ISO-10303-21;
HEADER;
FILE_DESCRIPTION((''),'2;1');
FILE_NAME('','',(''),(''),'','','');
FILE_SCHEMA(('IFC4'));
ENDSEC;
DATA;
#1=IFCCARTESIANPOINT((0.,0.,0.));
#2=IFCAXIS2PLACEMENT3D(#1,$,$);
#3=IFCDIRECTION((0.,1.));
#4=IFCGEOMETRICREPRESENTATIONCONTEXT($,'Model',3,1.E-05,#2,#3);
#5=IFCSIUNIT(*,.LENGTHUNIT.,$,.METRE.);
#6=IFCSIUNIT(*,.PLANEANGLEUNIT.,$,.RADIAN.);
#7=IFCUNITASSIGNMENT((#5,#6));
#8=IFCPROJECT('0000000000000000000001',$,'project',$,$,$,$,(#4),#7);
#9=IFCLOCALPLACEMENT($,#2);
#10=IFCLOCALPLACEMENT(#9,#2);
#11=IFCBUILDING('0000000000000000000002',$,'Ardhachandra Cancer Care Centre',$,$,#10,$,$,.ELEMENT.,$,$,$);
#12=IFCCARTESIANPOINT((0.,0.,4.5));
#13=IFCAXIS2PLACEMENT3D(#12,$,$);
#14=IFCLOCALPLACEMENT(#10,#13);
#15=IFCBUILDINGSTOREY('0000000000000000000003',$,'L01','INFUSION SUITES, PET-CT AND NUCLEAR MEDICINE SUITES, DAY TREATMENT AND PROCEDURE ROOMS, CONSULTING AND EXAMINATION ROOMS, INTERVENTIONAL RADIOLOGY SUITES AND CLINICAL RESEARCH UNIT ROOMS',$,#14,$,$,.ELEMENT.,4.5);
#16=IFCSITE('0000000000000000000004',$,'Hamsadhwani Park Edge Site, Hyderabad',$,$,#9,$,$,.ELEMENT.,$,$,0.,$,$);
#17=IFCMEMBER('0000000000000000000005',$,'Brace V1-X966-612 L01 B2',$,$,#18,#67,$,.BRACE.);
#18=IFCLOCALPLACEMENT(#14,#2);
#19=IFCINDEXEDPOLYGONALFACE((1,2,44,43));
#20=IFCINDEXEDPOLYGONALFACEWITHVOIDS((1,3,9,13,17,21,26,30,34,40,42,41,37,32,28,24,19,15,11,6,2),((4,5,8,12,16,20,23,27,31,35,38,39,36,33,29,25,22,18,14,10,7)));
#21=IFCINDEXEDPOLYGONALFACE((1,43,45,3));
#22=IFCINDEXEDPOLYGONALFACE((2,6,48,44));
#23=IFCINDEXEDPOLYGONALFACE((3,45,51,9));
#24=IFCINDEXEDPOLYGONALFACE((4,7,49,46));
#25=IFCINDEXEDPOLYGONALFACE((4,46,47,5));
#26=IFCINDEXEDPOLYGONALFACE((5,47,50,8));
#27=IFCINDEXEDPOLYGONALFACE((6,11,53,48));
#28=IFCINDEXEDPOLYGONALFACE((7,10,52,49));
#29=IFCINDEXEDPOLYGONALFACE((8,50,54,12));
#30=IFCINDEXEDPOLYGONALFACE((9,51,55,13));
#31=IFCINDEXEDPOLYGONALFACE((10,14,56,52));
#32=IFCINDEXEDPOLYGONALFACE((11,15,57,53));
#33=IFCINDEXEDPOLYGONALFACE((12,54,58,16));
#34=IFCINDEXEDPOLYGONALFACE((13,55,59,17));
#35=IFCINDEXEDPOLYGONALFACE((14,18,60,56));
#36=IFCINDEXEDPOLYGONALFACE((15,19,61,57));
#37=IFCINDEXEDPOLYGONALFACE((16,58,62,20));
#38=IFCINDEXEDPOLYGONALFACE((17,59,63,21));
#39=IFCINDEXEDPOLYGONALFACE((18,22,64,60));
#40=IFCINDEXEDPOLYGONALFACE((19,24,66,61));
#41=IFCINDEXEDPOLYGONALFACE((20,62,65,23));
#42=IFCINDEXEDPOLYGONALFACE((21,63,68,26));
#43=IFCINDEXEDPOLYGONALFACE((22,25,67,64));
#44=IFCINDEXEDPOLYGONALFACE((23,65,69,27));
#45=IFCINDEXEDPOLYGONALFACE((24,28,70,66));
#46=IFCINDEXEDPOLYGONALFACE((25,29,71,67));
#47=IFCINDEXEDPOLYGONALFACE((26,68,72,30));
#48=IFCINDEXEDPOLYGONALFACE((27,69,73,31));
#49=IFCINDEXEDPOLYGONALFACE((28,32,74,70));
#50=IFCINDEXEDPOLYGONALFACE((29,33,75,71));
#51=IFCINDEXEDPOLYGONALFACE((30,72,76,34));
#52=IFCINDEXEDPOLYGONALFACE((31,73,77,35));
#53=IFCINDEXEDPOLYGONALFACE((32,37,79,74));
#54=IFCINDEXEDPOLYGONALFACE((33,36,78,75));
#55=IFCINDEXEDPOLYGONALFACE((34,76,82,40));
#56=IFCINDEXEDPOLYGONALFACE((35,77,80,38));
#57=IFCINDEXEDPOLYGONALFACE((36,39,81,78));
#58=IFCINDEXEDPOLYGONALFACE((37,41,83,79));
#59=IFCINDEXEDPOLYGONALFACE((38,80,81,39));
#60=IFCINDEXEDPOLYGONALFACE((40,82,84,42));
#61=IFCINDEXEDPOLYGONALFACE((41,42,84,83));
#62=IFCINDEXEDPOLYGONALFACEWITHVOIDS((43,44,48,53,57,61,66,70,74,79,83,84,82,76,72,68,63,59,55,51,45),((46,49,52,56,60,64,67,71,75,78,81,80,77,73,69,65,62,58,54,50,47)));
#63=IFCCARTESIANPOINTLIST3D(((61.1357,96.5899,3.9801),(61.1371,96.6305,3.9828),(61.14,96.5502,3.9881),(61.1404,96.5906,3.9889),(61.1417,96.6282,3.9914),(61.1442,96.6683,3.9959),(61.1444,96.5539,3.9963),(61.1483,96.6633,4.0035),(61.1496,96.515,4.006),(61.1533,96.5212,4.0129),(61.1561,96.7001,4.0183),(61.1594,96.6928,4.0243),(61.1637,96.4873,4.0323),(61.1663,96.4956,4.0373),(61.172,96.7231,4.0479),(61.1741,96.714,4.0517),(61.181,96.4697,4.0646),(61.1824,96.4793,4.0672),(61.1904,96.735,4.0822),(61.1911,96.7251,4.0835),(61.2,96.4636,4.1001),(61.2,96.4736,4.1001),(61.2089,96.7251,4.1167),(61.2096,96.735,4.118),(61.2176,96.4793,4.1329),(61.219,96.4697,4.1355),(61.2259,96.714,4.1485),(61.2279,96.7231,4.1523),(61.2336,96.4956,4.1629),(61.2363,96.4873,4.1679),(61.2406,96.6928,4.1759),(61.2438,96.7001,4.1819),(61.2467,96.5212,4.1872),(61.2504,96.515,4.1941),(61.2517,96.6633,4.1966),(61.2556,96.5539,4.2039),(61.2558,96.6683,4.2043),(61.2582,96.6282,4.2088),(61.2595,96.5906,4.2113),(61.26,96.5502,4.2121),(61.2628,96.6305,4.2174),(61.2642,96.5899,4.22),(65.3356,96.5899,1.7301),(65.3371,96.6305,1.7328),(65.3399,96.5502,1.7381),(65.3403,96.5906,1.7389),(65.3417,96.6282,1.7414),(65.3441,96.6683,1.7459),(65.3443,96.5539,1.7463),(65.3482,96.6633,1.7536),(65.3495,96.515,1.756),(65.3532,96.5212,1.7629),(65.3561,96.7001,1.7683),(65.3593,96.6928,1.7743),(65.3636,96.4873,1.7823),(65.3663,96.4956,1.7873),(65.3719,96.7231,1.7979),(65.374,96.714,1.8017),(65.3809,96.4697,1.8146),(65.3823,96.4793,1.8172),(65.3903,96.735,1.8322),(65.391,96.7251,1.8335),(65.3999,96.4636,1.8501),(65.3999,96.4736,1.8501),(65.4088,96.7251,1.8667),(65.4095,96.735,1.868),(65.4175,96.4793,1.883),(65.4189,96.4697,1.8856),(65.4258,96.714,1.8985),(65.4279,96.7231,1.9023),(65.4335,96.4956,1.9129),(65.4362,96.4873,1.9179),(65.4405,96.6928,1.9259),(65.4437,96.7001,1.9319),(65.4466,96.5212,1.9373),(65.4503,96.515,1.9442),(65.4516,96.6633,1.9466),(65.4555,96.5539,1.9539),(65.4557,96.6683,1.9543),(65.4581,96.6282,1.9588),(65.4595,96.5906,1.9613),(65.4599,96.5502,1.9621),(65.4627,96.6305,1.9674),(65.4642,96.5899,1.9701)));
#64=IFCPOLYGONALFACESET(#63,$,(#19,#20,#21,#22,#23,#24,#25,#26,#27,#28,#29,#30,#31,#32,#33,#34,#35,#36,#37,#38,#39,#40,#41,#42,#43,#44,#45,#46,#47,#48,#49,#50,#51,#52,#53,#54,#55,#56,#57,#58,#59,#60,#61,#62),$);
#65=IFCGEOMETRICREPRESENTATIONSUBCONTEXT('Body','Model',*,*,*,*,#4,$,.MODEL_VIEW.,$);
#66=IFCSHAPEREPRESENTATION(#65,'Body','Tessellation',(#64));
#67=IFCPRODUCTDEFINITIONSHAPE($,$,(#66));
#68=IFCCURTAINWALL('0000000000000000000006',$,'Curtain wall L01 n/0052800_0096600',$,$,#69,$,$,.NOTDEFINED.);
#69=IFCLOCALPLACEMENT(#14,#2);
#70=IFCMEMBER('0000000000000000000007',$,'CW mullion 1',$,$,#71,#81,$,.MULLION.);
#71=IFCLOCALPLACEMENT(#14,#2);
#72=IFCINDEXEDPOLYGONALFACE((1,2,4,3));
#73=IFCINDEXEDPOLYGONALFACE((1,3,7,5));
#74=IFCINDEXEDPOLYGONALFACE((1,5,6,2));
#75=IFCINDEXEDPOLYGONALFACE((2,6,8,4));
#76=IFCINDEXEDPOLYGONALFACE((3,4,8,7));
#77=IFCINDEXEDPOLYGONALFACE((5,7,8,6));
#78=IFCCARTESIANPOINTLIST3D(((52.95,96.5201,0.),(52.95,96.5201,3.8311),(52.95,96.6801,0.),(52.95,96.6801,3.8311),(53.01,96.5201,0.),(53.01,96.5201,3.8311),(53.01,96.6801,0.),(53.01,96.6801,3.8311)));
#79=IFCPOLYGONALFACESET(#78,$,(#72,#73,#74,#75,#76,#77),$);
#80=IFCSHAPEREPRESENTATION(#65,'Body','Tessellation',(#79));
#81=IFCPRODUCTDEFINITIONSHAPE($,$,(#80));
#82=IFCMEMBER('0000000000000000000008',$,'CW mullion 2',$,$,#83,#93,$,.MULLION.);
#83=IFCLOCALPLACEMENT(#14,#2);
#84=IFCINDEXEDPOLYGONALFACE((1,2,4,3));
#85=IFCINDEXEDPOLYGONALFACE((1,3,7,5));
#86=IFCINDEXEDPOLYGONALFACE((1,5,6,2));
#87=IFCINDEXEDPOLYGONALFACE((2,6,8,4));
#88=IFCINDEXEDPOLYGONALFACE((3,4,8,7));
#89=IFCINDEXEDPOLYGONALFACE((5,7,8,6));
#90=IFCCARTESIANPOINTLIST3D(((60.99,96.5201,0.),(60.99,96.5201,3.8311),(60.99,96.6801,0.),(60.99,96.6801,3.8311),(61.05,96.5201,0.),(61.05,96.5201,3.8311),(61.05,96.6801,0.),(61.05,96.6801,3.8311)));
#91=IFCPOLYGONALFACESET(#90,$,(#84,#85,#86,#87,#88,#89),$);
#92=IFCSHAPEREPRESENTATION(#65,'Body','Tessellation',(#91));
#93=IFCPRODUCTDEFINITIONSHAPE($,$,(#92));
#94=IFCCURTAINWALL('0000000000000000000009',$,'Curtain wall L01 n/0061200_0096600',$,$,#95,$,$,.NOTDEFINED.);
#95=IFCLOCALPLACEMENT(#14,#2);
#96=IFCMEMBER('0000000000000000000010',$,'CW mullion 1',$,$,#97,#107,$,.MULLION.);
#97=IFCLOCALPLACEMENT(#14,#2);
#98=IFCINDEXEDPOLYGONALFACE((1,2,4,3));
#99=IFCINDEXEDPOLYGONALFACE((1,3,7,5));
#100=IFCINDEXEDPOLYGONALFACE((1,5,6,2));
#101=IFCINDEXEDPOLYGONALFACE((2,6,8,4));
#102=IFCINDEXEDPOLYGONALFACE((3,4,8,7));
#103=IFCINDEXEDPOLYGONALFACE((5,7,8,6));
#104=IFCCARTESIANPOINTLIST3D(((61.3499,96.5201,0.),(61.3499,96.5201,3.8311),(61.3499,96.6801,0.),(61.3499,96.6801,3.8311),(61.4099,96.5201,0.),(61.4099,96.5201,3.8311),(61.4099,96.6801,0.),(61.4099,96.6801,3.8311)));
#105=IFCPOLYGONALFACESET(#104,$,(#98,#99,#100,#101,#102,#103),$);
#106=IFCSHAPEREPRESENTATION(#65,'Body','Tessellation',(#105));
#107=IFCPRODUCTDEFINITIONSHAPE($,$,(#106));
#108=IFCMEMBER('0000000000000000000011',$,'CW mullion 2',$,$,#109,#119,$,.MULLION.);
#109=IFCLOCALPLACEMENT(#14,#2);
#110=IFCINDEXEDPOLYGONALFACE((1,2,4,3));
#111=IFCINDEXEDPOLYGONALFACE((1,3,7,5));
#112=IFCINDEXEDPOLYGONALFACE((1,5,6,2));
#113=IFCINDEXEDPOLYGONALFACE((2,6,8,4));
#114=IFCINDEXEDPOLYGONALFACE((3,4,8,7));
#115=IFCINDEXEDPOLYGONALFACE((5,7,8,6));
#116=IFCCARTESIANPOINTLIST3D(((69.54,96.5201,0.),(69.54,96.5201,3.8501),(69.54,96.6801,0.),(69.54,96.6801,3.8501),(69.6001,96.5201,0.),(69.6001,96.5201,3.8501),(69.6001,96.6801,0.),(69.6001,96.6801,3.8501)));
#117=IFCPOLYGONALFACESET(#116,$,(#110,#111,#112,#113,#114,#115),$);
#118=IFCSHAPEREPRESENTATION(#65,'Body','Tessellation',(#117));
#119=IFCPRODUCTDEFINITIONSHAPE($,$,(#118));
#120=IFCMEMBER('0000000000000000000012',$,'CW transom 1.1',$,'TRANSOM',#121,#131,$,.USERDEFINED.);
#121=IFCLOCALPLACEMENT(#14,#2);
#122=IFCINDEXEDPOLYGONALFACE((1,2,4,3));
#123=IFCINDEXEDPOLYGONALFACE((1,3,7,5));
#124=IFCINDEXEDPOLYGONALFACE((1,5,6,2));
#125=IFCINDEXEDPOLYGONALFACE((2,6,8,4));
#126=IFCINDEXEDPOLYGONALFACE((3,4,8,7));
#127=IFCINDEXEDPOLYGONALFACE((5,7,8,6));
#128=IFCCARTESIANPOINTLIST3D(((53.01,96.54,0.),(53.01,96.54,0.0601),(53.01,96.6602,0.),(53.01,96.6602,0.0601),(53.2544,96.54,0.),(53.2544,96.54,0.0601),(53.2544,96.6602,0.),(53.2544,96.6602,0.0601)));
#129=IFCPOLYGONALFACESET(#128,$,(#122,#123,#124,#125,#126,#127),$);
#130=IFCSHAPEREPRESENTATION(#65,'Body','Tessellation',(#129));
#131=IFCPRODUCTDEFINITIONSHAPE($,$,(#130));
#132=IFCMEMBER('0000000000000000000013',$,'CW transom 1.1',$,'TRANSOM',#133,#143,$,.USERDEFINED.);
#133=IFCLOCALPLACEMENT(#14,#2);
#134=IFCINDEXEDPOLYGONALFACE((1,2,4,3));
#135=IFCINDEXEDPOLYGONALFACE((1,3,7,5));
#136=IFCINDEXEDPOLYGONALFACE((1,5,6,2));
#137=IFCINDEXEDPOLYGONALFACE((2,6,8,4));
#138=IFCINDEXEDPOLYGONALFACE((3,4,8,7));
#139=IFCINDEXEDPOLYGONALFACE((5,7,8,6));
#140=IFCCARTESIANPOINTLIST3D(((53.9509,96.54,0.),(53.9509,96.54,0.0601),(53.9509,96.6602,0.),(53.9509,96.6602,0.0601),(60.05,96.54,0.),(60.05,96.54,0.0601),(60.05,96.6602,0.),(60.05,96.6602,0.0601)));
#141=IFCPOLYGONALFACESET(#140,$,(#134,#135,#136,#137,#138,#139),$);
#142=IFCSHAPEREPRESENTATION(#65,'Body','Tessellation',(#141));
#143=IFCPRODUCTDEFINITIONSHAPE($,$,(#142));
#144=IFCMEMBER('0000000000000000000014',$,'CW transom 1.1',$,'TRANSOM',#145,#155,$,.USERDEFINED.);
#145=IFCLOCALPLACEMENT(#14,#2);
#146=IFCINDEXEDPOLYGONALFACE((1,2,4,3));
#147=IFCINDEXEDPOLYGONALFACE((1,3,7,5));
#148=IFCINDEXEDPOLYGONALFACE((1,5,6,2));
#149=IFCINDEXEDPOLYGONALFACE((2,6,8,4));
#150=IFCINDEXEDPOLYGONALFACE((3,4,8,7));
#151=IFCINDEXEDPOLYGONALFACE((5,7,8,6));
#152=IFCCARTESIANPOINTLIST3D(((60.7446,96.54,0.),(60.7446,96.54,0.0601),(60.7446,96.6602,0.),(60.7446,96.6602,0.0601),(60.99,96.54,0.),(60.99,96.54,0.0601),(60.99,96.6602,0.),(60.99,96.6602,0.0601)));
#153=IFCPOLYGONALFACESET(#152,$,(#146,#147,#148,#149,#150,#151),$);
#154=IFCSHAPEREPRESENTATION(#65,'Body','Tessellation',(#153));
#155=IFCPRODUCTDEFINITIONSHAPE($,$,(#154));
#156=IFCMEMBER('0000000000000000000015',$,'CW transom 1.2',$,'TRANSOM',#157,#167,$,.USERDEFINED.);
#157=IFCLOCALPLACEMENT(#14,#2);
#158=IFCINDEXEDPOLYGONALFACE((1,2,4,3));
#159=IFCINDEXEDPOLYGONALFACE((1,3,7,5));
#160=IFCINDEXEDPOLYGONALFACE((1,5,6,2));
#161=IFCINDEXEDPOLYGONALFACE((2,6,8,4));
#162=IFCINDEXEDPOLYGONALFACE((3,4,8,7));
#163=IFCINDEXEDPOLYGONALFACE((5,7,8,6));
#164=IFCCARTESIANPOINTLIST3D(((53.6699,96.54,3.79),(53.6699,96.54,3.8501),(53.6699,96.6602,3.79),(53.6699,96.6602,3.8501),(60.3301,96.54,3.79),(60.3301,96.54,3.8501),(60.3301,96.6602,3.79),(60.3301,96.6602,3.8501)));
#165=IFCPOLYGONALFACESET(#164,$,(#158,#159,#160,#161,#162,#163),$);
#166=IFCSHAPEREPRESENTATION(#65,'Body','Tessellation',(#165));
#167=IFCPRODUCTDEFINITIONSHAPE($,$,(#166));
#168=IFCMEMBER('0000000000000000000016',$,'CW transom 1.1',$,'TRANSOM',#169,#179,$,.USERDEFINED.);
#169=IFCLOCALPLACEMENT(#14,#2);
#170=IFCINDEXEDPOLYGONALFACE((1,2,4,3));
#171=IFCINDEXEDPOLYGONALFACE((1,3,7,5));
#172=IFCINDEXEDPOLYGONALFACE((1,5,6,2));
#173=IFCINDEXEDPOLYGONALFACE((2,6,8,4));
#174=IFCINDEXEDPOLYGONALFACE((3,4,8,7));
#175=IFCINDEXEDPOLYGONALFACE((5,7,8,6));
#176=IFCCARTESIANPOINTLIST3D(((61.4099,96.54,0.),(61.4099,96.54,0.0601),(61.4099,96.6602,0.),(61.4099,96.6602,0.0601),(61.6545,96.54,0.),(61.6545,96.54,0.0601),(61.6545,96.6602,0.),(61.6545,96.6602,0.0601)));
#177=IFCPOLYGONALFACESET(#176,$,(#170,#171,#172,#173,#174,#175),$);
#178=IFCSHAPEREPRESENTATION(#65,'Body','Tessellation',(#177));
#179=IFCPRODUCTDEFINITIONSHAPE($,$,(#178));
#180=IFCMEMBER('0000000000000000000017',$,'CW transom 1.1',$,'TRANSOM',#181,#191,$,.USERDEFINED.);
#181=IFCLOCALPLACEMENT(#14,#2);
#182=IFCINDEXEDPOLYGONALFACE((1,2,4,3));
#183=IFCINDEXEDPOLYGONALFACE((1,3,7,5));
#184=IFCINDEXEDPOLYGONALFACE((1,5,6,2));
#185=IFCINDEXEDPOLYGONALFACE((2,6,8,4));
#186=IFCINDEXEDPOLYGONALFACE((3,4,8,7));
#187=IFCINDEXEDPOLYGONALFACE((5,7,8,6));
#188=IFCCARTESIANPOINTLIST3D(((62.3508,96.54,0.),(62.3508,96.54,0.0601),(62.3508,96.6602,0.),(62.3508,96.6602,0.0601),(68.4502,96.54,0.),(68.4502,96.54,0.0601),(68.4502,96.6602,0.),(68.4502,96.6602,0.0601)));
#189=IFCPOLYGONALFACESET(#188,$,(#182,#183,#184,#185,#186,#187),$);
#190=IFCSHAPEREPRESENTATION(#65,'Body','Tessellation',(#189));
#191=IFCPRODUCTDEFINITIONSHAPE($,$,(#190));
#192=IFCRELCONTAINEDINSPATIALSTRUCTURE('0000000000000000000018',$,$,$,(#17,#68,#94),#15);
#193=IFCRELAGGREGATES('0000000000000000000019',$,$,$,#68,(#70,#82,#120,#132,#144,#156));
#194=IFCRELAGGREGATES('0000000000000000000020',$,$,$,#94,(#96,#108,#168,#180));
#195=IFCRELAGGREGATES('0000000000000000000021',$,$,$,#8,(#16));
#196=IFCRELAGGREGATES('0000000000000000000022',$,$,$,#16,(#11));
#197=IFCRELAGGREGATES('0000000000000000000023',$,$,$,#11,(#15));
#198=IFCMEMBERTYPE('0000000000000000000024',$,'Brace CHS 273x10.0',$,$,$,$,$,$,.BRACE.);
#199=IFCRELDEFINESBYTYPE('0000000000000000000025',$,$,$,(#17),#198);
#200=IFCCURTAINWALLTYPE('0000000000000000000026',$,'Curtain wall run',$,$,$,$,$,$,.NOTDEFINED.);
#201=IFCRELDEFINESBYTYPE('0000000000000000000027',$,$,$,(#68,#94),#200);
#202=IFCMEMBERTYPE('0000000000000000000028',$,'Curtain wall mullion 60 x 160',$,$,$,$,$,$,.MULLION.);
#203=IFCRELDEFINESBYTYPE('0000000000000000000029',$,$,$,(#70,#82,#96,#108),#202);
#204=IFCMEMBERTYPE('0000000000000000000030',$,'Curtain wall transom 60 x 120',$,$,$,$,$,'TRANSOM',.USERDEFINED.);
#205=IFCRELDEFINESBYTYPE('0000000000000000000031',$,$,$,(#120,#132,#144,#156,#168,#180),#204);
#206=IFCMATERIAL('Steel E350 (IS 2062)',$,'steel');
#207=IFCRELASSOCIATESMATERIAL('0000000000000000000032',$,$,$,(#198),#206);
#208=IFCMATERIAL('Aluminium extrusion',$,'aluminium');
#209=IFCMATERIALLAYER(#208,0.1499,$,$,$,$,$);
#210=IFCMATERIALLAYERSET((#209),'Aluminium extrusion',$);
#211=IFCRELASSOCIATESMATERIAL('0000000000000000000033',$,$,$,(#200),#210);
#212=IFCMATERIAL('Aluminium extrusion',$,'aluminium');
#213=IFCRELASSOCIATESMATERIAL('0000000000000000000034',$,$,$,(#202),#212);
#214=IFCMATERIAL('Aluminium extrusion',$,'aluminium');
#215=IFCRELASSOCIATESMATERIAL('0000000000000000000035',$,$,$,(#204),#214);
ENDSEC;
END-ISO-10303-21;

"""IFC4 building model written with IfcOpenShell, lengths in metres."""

from ifc_helpers import new_model, si_unit, direction, frame, origin, origin_2d, place, context, subcontext, project, spatial, rectangle, hollow_circle, extrude, material, layer, layer_set, material_profile, profile_set, type_object, element, aggregate, save


model = new_model("IFC4")

# Units and contexts
model_context = context("Model", 3, precision=1e-05, world=origin(), true_north=direction((0.0, 1.0)))
body_context = subcontext(model_context, "Body", "Model", "MODEL_VIEW")
ifc_project = project(units=[si_unit("LENGTHUNIT", "METRE"), si_unit("PLANEANGLEUNIT", "RADIAN")], contexts=[model_context])

# Site, building, storey
site_placement = place(None, origin())
site = spatial("IfcSite", under=ifc_project, at=site_placement, Name="Hamsadhwani Park Edge Site, Hyderabad", CompositionType="ELEMENT", RefElevation=0.0)
building_placement = place(site_placement, origin())
building = spatial("IfcBuilding", under=site, at=building_placement, Name="Ardhachandra Cancer Care Centre", CompositionType="ELEMENT")
storey_placement = place(building_placement, frame((0.0, 0.0, 4.5)))
storey = spatial("IfcBuildingStorey", under=building, at=storey_placement, Name="L01", Description="INFUSION SUITES, PET-CT AND NUCLEAR MEDICINE SUITES, DAY TREATMENT AND PROCEDURE ROOMS, CONSULTING AND EXAMINATION ROOMS, INTERVENTIONAL RADIOLOGY SUITES AND CLINICAL RESEARCH UNIT ROOMS", CompositionType="ELEMENT", Elevation=4.5)

# Member
ifc_material_1 = material(Name="Steel E350 (IS 2062)", Category="steel")
ifc_material_profile_1 = material_profile(ifc_material_1, hollow_circle(Radius=0.1365, WallThickness=0.01, at=origin_2d()), Name="CHS 273x10.0")
ifc_profile_set_1 = profile_set([ifc_material_profile_1], Name="Steel E350 (IS 2062)")
member_type_1 = type_object("IfcMemberType", Name="Brace CHS 273x10.0", PredefinedType="BRACE", material=ifc_profile_set_1)
member_1_placement = place(storey_placement, frame((65.3999, 96.6001, 1.8501), z_axis=(-0.881478, 0.0, 0.472226), x_axis=(0.0, -1.0, 0.0)))
element("IfcMember", 1, at=member_1_placement, inside=storey, type_object=member_type_1, Name="Brace V1-X966-612 L01 B2", PredefinedType="BRACE", context=body_context, shape_type="SweptSolid", body=[
    extrude(hollow_circle(Radius=0.1365, WallThickness=0.01, at=origin_2d()), origin(), (0.0, 0.0, 1.0), 4.7646),
])

# Curtain walls, members
ifc_material_2 = material(Name="Aluminium extrusion", Category="aluminium")
ifc_layer_1 = layer(ifc_material_2, 0.1499)
ifc_layer_set_1 = layer_set([ifc_layer_1], Name="Aluminium extrusion")
curtain_wall_type = type_object("IfcCurtainWallType", Name="Curtain wall run", PredefinedType="NOTDEFINED", material=ifc_layer_set_1)
curtain_wall_1_placement = place(storey_placement, origin())
curtain_wall_1 = element("IfcCurtainWall", 2, at=curtain_wall_1_placement, inside=storey, type_object=curtain_wall_type, Name="Curtain wall L01 n/0052800_0096600", PredefinedType="NOTDEFINED")
ifc_material_3 = material(Name="Aluminium extrusion", Category="aluminium")
ifc_material_profile_2 = material_profile(ifc_material_3, rectangle(XDim=0.1599, YDim=0.0601, at=origin_2d()), Name="Curtain wall mullion 60 x 160")
ifc_profile_set_2 = profile_set([ifc_material_profile_2], Name="Aluminium extrusion")
member_type_2 = type_object("IfcMemberType", Name="Curtain wall mullion 60 x 160", PredefinedType="MULLION", material=ifc_profile_set_2)
member_2_placement = place(storey_placement, frame((52.98, 96.6001, 0.0), z_axis=(0.0, 0.0, 1.0), x_axis=(0.0, 1.0, 0.0)))
member_2 = element("IfcMember", 3, at=member_2_placement, type_object=member_type_2, Name="CW mullion 1", PredefinedType="MULLION", context=body_context, shape_type="SweptSolid", body=[
    extrude(rectangle(XDim=0.1599, YDim=0.0601, at=origin_2d()), origin(), (0.0, 0.0, 1.0), 3.8311),
])
member_3_placement = place(storey_placement, frame((61.02, 96.6001, 0.0), z_axis=(0.0, 0.0, 1.0), x_axis=(0.0, 1.0, 0.0)))
member_3 = element("IfcMember", 4, at=member_3_placement, type_object=member_type_2, Name="CW mullion 2", PredefinedType="MULLION", context=body_context, shape_type="SweptSolid", body=[
    extrude(rectangle(XDim=0.1599, YDim=0.0601, at=origin_2d()), origin(), (0.0, 0.0, 1.0), 3.8311),
])
curtain_wall_2_placement = place(storey_placement, origin())
curtain_wall_2 = element("IfcCurtainWall", 5, at=curtain_wall_2_placement, inside=storey, type_object=curtain_wall_type, Name="Curtain wall L01 n/0061200_0096600", PredefinedType="NOTDEFINED")
member_4_placement = place(storey_placement, frame((61.3799, 96.6001, 0.0), z_axis=(0.0, 0.0, 1.0), x_axis=(0.0, 1.0, 0.0)))
member_4 = element("IfcMember", 6, at=member_4_placement, type_object=member_type_2, Name="CW mullion 1", PredefinedType="MULLION", context=body_context, shape_type="SweptSolid", body=[
    extrude(rectangle(XDim=0.1599, YDim=0.0601, at=origin_2d()), origin(), (0.0, 0.0, 1.0), 3.8311),
])
member_5_placement = place(storey_placement, frame((69.5701, 96.6001, 0.0), z_axis=(0.0, 0.0, 1.0), x_axis=(0.0, 1.0, 0.0)))
member_5 = element("IfcMember", 7, at=member_5_placement, type_object=member_type_2, Name="CW mullion 2", PredefinedType="MULLION", context=body_context, shape_type="SweptSolid", body=[
    extrude(rectangle(XDim=0.1599, YDim=0.0601, at=origin_2d()), origin(), (0.0, 0.0, 1.0), 3.8501),
])

# Members
ifc_material_4 = material(Name="Aluminium extrusion", Category="aluminium")
ifc_material_profile_3 = material_profile(ifc_material_4, rectangle(XDim=0.1201, YDim=0.0601, at=origin_2d()), Name="Curtain wall transom 60 x 120")
ifc_profile_set_3 = profile_set([ifc_material_profile_3], Name="Aluminium extrusion")
member_type_3 = type_object("IfcMemberType", Name="Curtain wall transom 60 x 120", ElementType="TRANSOM", PredefinedType="USERDEFINED", material=ifc_profile_set_3)
member_6_placement = place(storey_placement, frame((53.01, 96.6001, 0.03), z_axis=(1.0, 0.0, 0.0), x_axis=(0.0, 1.0, 0.0)))
member_6 = element("IfcMember", 8, at=member_6_placement, type_object=member_type_3, Name="CW transom 1.1", ObjectType="TRANSOM", PredefinedType="USERDEFINED", context=body_context, shape_type="SweptSolid", body=[
    extrude(rectangle(XDim=0.1201, YDim=0.0601, at=origin_2d()), origin(), (0.0, 0.0, 1.0), 0.2444),
])
member_7_placement = place(storey_placement, frame((53.9509, 96.6001, 0.03), z_axis=(1.0, 0.0, 0.0), x_axis=(0.0, 1.0, 0.0)))
member_7 = element("IfcMember", 9, at=member_7_placement, type_object=member_type_3, Name="CW transom 1.1", ObjectType="TRANSOM", PredefinedType="USERDEFINED", context=body_context, shape_type="SweptSolid", body=[
    extrude(rectangle(XDim=0.1201, YDim=0.0601, at=origin_2d()), origin(), (0.0, 0.0, 1.0), 6.0991),
])
member_8_placement = place(storey_placement, frame((60.7446, 96.6001, 0.03), z_axis=(1.0, 0.0, 0.0), x_axis=(0.0, 1.0, 0.0)))
member_8 = element("IfcMember", 10, at=member_8_placement, type_object=member_type_3, Name="CW transom 1.1", ObjectType="TRANSOM", PredefinedType="USERDEFINED", context=body_context, shape_type="SweptSolid", body=[
    extrude(rectangle(XDim=0.1201, YDim=0.0601, at=origin_2d()), origin(), (0.0, 0.0, 1.0), 0.2454),
])
member_9_placement = place(storey_placement, frame((53.6699, 96.6001, 3.8201), z_axis=(1.0, 0.0, 0.0), x_axis=(0.0, 1.0, 0.0)))
member_9 = element("IfcMember", 11, at=member_9_placement, type_object=member_type_3, Name="CW transom 1.2", ObjectType="TRANSOM", PredefinedType="USERDEFINED", context=body_context, shape_type="SweptSolid", body=[
    extrude(rectangle(XDim=0.1201, YDim=0.0601, at=origin_2d()), origin(), (0.0, 0.0, 1.0), 6.6602),
])
member_10_placement = place(storey_placement, frame((61.4099, 96.6001, 0.03), z_axis=(1.0, 0.0, 0.0), x_axis=(0.0, 1.0, 0.0)))
member_10 = element("IfcMember", 12, at=member_10_placement, type_object=member_type_3, Name="CW transom 1.1", ObjectType="TRANSOM", PredefinedType="USERDEFINED", context=body_context, shape_type="SweptSolid", body=[
    extrude(rectangle(XDim=0.1201, YDim=0.0601, at=origin_2d()), origin(), (0.0, 0.0, 1.0), 0.2446),
])
member_11_placement = place(storey_placement, frame((62.3508, 96.6001, 0.03), z_axis=(1.0, 0.0, 0.0), x_axis=(0.0, 1.0, 0.0)))
member_11 = element("IfcMember", 13, at=member_11_placement, type_object=member_type_3, Name="CW transom 1.1", ObjectType="TRANSOM", PredefinedType="USERDEFINED", context=body_context, shape_type="SweptSolid", body=[
    extrude(rectangle(XDim=0.1201, YDim=0.0601, at=origin_2d()), origin(), (0.0, 0.0, 1.0), 6.0994),
])

aggregate(curtain_wall_1, [member_2, member_3, member_6, member_7, member_8, member_9])
aggregate(curtain_wall_2, [member_4, member_5, member_10, member_11])

save(model, "model.ifc")
